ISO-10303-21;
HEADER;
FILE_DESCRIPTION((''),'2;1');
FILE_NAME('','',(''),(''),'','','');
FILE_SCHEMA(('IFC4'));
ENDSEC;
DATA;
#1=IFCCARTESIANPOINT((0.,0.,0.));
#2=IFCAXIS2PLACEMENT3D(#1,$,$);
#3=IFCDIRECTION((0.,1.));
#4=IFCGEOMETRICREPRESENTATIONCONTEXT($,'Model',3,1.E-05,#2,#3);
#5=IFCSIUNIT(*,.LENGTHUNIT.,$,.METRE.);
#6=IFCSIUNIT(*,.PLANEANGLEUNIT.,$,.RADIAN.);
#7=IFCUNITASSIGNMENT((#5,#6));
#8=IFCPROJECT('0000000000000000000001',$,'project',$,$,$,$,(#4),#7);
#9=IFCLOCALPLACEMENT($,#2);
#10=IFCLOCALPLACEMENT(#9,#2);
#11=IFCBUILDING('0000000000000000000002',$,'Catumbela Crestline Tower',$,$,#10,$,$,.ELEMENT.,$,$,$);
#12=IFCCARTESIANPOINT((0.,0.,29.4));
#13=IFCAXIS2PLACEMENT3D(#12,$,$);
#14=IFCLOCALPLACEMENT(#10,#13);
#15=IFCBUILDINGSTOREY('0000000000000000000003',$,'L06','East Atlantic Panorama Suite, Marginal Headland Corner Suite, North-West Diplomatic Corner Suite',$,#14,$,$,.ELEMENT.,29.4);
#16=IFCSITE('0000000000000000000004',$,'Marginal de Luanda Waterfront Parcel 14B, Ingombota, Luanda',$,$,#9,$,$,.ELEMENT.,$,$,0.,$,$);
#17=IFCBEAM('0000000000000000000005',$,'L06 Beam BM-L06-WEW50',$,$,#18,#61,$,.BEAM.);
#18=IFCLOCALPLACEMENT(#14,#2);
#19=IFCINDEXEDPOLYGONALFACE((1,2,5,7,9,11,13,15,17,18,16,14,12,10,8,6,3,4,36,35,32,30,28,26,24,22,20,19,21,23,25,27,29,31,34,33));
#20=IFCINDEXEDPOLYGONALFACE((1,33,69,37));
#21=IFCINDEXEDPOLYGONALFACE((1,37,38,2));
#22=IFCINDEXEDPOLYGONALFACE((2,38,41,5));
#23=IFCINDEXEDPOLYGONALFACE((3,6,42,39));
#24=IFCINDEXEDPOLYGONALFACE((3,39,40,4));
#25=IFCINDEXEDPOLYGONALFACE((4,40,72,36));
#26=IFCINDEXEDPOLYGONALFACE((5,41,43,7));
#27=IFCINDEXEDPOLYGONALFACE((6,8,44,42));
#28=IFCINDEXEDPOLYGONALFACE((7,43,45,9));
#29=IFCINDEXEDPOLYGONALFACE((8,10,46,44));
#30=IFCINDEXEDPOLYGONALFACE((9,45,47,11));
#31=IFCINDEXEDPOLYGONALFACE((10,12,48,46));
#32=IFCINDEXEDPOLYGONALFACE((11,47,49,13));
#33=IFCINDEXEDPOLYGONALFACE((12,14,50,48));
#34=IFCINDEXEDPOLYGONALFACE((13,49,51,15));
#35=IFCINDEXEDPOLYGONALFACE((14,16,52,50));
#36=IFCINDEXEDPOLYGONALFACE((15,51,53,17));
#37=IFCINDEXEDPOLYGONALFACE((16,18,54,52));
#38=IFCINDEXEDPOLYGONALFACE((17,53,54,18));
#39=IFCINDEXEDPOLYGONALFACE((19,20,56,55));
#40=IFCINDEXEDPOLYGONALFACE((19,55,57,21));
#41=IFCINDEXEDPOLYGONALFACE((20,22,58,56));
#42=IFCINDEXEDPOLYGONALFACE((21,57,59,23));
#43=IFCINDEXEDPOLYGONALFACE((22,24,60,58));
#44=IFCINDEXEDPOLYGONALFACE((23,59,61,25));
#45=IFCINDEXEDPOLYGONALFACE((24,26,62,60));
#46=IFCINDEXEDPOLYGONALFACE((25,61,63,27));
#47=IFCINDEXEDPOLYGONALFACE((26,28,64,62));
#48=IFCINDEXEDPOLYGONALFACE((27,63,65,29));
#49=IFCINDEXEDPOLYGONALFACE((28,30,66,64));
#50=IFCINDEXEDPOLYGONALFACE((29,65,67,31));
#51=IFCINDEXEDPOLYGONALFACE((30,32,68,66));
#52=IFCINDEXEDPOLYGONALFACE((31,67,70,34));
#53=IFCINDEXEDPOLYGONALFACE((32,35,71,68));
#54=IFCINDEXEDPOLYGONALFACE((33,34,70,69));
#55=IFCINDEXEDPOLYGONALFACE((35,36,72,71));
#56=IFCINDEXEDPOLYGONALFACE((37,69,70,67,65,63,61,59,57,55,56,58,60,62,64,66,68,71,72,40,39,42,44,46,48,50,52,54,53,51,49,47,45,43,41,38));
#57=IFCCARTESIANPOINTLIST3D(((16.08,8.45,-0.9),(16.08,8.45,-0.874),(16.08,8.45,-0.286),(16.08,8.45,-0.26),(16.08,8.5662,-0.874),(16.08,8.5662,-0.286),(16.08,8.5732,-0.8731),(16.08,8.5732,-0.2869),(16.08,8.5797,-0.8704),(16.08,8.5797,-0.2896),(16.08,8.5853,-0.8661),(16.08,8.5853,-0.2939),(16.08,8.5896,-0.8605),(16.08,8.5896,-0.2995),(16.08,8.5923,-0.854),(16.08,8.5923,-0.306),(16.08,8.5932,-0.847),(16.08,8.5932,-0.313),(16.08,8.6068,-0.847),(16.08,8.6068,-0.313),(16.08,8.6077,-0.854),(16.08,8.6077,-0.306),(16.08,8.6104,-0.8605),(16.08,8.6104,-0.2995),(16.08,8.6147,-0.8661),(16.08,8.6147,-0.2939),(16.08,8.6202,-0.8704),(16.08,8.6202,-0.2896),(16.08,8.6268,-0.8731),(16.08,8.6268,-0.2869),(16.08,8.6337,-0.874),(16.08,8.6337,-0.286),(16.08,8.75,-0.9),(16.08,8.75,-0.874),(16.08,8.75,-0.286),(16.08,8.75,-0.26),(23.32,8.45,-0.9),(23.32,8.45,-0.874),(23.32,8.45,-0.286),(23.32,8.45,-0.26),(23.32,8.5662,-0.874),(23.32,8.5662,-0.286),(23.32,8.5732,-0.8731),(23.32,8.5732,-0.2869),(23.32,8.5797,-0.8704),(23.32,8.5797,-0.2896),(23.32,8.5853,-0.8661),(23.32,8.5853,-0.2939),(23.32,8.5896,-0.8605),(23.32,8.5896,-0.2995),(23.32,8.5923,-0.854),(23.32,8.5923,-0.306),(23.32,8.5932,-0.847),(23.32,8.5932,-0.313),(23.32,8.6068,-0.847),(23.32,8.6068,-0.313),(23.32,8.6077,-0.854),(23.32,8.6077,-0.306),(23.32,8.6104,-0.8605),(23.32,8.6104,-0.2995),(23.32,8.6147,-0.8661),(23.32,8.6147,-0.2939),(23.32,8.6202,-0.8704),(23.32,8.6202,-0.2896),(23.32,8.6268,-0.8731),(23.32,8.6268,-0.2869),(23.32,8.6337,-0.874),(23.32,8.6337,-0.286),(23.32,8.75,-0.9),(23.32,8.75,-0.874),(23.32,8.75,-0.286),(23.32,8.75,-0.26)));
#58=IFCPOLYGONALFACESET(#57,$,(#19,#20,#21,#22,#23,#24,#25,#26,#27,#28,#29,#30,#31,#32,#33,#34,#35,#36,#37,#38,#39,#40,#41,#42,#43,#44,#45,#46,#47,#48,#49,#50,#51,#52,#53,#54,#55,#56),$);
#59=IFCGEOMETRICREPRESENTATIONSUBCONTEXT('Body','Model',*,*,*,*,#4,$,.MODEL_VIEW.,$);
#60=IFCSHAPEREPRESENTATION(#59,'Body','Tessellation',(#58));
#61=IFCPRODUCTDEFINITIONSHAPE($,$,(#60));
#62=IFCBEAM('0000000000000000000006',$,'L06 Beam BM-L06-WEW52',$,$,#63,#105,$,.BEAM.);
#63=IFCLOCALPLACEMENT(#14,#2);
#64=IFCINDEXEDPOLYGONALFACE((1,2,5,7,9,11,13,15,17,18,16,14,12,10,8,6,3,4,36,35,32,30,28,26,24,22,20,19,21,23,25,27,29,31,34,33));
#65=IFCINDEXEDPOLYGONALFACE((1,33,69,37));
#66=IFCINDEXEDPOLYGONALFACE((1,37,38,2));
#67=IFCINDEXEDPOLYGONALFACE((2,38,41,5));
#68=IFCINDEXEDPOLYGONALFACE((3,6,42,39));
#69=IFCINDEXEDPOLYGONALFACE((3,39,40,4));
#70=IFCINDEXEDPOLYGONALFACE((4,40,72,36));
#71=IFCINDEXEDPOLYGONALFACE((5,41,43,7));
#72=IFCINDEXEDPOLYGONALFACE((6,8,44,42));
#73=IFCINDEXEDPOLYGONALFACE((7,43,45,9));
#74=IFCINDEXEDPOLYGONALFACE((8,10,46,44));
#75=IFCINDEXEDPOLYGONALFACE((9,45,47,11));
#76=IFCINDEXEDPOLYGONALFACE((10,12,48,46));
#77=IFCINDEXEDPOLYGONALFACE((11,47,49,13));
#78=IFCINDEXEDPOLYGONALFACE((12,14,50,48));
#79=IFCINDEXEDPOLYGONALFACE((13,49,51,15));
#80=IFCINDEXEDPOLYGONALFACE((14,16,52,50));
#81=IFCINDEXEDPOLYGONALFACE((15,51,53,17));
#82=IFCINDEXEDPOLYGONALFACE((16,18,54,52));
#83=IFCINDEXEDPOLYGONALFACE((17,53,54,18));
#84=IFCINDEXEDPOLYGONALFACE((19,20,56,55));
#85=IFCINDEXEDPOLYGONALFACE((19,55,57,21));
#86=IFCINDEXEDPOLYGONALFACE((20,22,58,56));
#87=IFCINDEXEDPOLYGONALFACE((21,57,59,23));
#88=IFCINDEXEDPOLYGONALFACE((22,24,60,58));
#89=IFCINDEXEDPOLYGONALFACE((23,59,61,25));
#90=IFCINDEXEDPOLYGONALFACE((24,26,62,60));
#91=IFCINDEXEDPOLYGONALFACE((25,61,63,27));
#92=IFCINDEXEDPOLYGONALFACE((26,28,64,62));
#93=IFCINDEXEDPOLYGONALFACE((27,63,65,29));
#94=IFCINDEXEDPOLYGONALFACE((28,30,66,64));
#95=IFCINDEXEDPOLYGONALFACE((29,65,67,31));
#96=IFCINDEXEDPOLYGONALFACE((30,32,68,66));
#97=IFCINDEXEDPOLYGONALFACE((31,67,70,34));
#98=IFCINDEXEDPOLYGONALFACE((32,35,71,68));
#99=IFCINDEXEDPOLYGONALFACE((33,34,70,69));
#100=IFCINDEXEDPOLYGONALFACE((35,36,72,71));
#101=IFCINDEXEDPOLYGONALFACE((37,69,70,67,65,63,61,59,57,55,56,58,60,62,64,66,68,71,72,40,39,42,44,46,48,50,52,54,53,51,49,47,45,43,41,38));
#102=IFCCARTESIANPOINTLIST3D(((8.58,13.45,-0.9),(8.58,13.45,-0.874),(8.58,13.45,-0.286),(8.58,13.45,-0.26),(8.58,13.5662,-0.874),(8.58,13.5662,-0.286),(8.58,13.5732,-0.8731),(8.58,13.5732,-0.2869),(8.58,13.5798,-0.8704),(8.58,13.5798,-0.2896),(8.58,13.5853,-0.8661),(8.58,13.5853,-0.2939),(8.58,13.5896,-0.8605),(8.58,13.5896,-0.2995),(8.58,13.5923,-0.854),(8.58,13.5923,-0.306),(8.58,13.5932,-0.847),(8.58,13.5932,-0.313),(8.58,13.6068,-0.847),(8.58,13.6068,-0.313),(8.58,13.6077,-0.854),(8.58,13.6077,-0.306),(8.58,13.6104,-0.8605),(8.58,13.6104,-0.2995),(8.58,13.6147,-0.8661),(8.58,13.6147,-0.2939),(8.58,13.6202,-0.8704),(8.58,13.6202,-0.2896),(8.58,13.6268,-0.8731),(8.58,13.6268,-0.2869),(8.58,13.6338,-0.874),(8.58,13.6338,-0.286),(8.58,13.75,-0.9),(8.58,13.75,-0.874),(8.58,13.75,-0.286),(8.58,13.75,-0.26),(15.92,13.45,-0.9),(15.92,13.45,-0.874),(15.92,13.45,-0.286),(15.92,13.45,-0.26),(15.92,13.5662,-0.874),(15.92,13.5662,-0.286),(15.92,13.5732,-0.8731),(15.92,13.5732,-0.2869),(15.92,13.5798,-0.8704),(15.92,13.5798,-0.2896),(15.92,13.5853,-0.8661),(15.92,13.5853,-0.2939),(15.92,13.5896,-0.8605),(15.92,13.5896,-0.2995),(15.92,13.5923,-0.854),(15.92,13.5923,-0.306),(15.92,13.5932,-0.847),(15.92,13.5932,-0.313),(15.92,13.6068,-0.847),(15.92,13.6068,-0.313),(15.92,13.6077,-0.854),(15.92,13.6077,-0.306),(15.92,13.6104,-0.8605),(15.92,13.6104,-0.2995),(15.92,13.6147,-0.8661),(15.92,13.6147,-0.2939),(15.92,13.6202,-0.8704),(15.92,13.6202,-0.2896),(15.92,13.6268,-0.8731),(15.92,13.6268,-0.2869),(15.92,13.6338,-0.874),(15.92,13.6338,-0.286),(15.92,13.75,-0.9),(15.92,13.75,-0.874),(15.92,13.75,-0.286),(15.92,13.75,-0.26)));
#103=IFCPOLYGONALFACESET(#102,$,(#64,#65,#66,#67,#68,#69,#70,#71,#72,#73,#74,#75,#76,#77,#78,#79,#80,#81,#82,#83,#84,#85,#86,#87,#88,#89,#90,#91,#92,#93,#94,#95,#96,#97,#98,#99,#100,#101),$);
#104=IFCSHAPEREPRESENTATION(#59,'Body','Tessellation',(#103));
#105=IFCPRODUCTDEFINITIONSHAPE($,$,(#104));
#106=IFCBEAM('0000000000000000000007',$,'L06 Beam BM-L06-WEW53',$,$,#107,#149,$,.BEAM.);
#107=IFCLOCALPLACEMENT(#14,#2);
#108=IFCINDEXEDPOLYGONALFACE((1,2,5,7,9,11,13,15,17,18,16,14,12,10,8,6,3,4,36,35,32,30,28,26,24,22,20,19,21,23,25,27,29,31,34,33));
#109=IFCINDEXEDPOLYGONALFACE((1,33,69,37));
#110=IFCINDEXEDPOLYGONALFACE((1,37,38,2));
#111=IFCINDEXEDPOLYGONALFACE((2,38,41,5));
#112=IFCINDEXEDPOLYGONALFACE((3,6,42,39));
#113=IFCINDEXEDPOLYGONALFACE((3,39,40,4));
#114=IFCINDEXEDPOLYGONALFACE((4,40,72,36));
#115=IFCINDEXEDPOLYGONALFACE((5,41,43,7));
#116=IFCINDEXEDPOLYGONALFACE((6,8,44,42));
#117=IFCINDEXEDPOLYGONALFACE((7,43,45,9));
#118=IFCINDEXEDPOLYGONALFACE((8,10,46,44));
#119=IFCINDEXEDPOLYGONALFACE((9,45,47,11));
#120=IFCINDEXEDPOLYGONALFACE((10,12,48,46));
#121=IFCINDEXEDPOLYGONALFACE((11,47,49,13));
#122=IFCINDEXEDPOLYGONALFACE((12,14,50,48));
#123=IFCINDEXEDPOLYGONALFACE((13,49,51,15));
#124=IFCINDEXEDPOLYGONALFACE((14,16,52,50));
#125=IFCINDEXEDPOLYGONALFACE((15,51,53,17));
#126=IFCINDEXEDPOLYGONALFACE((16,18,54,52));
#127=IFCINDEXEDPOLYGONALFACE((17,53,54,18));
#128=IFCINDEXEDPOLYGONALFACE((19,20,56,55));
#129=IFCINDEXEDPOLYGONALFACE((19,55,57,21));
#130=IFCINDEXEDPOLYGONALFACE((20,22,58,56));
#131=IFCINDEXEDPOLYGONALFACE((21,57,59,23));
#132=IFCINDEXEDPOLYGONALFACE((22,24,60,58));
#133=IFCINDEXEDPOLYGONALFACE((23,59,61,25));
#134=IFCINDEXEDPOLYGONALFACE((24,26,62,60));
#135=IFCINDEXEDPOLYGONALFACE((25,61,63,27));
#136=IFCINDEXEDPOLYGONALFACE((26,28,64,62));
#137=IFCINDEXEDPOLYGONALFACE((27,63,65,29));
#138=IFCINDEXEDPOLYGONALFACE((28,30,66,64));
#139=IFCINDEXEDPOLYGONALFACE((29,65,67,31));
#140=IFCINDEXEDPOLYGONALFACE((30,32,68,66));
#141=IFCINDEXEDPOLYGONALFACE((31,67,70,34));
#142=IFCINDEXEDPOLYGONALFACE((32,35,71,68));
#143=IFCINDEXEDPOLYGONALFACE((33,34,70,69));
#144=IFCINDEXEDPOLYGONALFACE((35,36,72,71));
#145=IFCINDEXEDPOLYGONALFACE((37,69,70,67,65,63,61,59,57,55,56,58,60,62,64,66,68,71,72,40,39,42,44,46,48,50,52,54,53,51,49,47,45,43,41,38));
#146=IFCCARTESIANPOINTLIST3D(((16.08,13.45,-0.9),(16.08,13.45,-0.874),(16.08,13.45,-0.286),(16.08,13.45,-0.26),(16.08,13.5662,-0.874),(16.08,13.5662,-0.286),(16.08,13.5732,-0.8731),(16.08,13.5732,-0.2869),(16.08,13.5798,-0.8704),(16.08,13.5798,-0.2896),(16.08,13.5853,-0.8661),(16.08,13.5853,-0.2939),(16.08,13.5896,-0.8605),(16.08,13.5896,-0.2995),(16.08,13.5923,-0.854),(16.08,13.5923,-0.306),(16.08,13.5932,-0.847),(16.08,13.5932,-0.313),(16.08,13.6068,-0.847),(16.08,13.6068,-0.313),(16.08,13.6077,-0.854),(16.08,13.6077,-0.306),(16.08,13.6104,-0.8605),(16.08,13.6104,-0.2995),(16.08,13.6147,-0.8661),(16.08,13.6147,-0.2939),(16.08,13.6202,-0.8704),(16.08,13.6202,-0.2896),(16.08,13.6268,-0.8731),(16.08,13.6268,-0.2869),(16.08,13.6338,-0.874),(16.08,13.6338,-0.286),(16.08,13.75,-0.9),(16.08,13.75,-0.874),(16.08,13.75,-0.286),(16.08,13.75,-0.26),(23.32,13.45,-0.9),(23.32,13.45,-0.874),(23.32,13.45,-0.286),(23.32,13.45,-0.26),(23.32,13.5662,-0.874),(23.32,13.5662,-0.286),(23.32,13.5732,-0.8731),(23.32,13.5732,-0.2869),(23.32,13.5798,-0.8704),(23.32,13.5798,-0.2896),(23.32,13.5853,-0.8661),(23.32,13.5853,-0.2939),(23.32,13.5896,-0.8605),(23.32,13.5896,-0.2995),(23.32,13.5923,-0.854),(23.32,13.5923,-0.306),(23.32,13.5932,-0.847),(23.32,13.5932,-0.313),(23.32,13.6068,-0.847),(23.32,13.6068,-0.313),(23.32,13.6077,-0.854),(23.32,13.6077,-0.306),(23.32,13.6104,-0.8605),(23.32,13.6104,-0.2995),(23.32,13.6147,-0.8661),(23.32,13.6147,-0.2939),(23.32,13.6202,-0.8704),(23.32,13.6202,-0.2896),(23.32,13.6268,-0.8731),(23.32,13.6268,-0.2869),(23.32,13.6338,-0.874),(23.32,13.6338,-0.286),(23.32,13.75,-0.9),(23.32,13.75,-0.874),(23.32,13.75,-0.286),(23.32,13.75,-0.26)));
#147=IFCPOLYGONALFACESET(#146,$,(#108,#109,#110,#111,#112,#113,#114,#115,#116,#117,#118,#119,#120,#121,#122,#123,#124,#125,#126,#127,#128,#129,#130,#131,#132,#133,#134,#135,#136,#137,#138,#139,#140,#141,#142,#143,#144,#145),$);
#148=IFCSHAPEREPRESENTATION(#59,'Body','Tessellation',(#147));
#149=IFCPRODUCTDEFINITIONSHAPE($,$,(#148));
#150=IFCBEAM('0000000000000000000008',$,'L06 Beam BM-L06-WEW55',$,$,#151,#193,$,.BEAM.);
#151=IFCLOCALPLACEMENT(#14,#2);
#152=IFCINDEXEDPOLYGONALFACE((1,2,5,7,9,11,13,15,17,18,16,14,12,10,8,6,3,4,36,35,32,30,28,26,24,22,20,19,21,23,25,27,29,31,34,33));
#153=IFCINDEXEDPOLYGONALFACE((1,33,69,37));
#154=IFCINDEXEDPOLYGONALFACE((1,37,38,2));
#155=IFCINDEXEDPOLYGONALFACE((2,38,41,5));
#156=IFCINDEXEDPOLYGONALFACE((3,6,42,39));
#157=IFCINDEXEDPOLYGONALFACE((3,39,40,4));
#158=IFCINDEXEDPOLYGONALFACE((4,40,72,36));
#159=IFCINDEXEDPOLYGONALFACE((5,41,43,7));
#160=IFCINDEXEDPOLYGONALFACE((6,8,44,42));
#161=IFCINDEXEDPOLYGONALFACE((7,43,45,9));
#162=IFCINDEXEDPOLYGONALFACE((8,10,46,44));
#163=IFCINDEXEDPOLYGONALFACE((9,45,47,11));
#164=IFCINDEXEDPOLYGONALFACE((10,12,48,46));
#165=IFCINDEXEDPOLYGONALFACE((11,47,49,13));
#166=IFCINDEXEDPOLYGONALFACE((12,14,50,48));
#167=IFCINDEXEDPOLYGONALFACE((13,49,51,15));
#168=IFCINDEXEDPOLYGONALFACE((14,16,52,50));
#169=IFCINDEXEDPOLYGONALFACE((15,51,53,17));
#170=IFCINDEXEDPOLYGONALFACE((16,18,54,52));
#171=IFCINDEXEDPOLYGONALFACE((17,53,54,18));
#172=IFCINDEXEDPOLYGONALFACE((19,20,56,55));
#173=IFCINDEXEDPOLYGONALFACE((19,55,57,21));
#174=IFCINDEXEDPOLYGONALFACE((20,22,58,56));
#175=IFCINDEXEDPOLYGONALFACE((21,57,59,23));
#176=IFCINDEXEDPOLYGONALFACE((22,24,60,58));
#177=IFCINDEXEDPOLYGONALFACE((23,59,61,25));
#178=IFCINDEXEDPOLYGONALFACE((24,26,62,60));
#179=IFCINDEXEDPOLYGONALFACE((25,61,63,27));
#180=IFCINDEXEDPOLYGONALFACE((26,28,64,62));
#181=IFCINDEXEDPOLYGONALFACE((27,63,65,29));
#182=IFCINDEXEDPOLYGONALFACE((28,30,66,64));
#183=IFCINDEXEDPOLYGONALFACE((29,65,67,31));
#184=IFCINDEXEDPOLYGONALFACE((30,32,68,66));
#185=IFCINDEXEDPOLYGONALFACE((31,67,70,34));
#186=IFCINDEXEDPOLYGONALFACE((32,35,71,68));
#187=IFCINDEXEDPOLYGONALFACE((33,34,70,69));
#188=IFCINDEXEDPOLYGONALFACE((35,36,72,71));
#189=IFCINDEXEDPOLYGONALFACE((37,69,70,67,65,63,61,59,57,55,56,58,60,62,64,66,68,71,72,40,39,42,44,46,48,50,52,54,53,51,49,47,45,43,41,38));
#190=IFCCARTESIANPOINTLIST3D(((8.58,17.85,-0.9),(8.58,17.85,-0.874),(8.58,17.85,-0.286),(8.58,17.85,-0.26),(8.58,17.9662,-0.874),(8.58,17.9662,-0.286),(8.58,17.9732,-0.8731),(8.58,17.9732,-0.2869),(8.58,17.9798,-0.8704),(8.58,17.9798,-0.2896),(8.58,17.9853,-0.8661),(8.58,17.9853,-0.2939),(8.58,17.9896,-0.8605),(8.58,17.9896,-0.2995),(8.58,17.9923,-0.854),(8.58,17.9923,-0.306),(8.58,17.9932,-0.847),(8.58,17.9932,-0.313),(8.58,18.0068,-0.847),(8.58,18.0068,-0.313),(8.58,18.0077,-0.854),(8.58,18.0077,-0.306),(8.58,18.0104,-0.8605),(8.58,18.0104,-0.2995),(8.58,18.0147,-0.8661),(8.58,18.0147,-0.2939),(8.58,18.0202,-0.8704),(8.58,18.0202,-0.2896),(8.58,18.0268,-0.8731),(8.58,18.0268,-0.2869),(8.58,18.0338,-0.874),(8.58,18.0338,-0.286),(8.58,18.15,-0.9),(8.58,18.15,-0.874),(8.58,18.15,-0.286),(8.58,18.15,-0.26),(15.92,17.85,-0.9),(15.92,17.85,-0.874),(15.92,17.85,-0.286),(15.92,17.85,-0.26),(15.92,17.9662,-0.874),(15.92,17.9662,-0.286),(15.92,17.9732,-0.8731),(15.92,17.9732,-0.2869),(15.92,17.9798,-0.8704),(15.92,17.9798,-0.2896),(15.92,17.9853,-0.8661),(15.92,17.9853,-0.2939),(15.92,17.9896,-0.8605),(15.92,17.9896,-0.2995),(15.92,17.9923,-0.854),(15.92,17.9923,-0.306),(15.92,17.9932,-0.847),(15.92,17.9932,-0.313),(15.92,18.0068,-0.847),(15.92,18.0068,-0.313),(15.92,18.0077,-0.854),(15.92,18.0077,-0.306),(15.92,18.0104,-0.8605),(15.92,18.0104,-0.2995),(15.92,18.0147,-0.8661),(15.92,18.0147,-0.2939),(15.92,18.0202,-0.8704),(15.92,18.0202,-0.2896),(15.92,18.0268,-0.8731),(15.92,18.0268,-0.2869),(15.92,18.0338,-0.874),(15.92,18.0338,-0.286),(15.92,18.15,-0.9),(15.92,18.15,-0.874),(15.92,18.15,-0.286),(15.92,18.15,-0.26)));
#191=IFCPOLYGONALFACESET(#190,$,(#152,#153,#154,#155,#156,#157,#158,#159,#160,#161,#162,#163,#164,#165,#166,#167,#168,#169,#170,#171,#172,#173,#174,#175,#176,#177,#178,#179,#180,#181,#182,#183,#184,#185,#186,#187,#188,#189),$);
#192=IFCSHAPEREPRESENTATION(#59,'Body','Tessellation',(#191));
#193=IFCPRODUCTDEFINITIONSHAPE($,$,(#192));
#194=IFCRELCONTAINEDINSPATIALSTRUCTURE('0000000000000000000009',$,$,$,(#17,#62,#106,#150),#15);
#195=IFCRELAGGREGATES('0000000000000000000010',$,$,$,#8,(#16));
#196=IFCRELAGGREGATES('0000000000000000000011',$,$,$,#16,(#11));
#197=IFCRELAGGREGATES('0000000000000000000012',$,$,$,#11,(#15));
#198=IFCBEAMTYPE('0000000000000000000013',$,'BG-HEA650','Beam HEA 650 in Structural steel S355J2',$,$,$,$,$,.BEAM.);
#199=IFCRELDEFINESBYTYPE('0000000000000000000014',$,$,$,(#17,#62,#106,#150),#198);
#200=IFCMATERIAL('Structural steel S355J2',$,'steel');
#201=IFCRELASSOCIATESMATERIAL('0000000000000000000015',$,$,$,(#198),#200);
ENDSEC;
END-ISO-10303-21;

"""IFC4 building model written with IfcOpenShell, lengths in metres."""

from ifc_helpers import new_model, si_unit, direction, frame, origin, origin_2d, place, context, subcontext, project, spatial, i_section, extrude, material, material_profile, profile_set, type_object, element, save


model = new_model("IFC4")

# Units and contexts
model_context = context("Model", 3, precision=1e-05, world=origin(), true_north=direction((0.0, 1.0)))
body_context = subcontext(model_context, "Body", "Model", "MODEL_VIEW")
ifc_project = project(units=[si_unit("LENGTHUNIT", "METRE"), si_unit("PLANEANGLEUNIT", "RADIAN")], contexts=[model_context])

# Site, building, storey
site_placement = place(None, origin())
site = spatial("IfcSite", under=ifc_project, at=site_placement, Name="Marginal de Luanda Waterfront Parcel 14B, Ingombota, Luanda", CompositionType="ELEMENT", RefElevation=0.0)
building_placement = place(site_placement, origin())
building = spatial("IfcBuilding", under=site, at=building_placement, Name="Catumbela Crestline Tower", CompositionType="ELEMENT")
storey_placement = place(building_placement, frame((0.0, 0.0, 29.4)))
storey = spatial("IfcBuildingStorey", under=building, at=storey_placement, Name="L06", Description="East Atlantic Panorama Suite, Marginal Headland Corner Suite, North-West Diplomatic Corner Suite", CompositionType="ELEMENT", Elevation=29.4)

# Beams
ifc_material_1 = material(Name="Structural steel S355J2", Category="steel")
ifc_material_profile_1 = material_profile(ifc_material_1, i_section(OverallWidth=0.3, OverallDepth=0.64, WebThickness=0.0135, FlangeThickness=0.026, FilletRadius=0.027, at=origin_2d()), Name="HEA 650")
ifc_profile_set_1 = profile_set([ifc_material_profile_1], Name="Structural steel S355J2")
beam_type_1 = type_object("IfcBeamType", Name="BG-HEA650", Description="Beam HEA 650 in Structural steel S355J2", PredefinedType="BEAM", material=ifc_profile_set_1)
beam_1_placement = place(storey_placement, frame((16.08, 8.6, -0.58), z_axis=(1.0, 0.0, 0.0), x_axis=(0.0, 1.0, 0.0)))
element("IfcBeam", 1, at=beam_1_placement, inside=storey, type_object=beam_type_1, Name="L06 Beam BM-L06-WEW50", PredefinedType="BEAM", context=body_context, shape_type="SweptSolid", body=[
    extrude(i_section(OverallWidth=0.3, OverallDepth=0.64, WebThickness=0.0135, FlangeThickness=0.026, FilletRadius=0.027, at=origin_2d()), origin(), (0.0, 0.0, 1.0), 7.24),
])
beam_2_placement = place(storey_placement, frame((8.58, 13.6, -0.58), z_axis=(1.0, 0.0, 0.0), x_axis=(0.0, 1.0, 0.0)))
element("IfcBeam", 2, at=beam_2_placement, inside=storey, type_object=beam_type_1, Name="L06 Beam BM-L06-WEW52", PredefinedType="BEAM", context=body_context, shape_type="SweptSolid", body=[
    extrude(i_section(OverallWidth=0.3, OverallDepth=0.64, WebThickness=0.0135, FlangeThickness=0.026, FilletRadius=0.027, at=origin_2d()), origin(), (0.0, 0.0, 1.0), 7.34),
])
beam_3_placement = place(storey_placement, frame((16.08, 13.6, -0.58), z_axis=(1.0, 0.0, 0.0), x_axis=(0.0, 1.0, 0.0)))
element("IfcBeam", 3, at=beam_3_placement, inside=storey, type_object=beam_type_1, Name="L06 Beam BM-L06-WEW53", PredefinedType="BEAM", context=body_context, shape_type="SweptSolid", body=[
    extrude(i_section(OverallWidth=0.3, OverallDepth=0.64, WebThickness=0.0135, FlangeThickness=0.026, FilletRadius=0.027, at=origin_2d()), origin(), (0.0, 0.0, 1.0), 7.24),
])
beam_4_placement = place(storey_placement, frame((8.58, 18.0, -0.58), z_axis=(1.0, 0.0, 0.0), x_axis=(0.0, 1.0, 0.0)))
element("IfcBeam", 4, at=beam_4_placement, inside=storey, type_object=beam_type_1, Name="L06 Beam BM-L06-WEW55", PredefinedType="BEAM", context=body_context, shape_type="SweptSolid", body=[
    extrude(i_section(OverallWidth=0.3, OverallDepth=0.64, WebThickness=0.0135, FlangeThickness=0.026, FilletRadius=0.027, at=origin_2d()), origin(), (0.0, 0.0, 1.0), 7.34),
])

save(model, "model.ifc")
